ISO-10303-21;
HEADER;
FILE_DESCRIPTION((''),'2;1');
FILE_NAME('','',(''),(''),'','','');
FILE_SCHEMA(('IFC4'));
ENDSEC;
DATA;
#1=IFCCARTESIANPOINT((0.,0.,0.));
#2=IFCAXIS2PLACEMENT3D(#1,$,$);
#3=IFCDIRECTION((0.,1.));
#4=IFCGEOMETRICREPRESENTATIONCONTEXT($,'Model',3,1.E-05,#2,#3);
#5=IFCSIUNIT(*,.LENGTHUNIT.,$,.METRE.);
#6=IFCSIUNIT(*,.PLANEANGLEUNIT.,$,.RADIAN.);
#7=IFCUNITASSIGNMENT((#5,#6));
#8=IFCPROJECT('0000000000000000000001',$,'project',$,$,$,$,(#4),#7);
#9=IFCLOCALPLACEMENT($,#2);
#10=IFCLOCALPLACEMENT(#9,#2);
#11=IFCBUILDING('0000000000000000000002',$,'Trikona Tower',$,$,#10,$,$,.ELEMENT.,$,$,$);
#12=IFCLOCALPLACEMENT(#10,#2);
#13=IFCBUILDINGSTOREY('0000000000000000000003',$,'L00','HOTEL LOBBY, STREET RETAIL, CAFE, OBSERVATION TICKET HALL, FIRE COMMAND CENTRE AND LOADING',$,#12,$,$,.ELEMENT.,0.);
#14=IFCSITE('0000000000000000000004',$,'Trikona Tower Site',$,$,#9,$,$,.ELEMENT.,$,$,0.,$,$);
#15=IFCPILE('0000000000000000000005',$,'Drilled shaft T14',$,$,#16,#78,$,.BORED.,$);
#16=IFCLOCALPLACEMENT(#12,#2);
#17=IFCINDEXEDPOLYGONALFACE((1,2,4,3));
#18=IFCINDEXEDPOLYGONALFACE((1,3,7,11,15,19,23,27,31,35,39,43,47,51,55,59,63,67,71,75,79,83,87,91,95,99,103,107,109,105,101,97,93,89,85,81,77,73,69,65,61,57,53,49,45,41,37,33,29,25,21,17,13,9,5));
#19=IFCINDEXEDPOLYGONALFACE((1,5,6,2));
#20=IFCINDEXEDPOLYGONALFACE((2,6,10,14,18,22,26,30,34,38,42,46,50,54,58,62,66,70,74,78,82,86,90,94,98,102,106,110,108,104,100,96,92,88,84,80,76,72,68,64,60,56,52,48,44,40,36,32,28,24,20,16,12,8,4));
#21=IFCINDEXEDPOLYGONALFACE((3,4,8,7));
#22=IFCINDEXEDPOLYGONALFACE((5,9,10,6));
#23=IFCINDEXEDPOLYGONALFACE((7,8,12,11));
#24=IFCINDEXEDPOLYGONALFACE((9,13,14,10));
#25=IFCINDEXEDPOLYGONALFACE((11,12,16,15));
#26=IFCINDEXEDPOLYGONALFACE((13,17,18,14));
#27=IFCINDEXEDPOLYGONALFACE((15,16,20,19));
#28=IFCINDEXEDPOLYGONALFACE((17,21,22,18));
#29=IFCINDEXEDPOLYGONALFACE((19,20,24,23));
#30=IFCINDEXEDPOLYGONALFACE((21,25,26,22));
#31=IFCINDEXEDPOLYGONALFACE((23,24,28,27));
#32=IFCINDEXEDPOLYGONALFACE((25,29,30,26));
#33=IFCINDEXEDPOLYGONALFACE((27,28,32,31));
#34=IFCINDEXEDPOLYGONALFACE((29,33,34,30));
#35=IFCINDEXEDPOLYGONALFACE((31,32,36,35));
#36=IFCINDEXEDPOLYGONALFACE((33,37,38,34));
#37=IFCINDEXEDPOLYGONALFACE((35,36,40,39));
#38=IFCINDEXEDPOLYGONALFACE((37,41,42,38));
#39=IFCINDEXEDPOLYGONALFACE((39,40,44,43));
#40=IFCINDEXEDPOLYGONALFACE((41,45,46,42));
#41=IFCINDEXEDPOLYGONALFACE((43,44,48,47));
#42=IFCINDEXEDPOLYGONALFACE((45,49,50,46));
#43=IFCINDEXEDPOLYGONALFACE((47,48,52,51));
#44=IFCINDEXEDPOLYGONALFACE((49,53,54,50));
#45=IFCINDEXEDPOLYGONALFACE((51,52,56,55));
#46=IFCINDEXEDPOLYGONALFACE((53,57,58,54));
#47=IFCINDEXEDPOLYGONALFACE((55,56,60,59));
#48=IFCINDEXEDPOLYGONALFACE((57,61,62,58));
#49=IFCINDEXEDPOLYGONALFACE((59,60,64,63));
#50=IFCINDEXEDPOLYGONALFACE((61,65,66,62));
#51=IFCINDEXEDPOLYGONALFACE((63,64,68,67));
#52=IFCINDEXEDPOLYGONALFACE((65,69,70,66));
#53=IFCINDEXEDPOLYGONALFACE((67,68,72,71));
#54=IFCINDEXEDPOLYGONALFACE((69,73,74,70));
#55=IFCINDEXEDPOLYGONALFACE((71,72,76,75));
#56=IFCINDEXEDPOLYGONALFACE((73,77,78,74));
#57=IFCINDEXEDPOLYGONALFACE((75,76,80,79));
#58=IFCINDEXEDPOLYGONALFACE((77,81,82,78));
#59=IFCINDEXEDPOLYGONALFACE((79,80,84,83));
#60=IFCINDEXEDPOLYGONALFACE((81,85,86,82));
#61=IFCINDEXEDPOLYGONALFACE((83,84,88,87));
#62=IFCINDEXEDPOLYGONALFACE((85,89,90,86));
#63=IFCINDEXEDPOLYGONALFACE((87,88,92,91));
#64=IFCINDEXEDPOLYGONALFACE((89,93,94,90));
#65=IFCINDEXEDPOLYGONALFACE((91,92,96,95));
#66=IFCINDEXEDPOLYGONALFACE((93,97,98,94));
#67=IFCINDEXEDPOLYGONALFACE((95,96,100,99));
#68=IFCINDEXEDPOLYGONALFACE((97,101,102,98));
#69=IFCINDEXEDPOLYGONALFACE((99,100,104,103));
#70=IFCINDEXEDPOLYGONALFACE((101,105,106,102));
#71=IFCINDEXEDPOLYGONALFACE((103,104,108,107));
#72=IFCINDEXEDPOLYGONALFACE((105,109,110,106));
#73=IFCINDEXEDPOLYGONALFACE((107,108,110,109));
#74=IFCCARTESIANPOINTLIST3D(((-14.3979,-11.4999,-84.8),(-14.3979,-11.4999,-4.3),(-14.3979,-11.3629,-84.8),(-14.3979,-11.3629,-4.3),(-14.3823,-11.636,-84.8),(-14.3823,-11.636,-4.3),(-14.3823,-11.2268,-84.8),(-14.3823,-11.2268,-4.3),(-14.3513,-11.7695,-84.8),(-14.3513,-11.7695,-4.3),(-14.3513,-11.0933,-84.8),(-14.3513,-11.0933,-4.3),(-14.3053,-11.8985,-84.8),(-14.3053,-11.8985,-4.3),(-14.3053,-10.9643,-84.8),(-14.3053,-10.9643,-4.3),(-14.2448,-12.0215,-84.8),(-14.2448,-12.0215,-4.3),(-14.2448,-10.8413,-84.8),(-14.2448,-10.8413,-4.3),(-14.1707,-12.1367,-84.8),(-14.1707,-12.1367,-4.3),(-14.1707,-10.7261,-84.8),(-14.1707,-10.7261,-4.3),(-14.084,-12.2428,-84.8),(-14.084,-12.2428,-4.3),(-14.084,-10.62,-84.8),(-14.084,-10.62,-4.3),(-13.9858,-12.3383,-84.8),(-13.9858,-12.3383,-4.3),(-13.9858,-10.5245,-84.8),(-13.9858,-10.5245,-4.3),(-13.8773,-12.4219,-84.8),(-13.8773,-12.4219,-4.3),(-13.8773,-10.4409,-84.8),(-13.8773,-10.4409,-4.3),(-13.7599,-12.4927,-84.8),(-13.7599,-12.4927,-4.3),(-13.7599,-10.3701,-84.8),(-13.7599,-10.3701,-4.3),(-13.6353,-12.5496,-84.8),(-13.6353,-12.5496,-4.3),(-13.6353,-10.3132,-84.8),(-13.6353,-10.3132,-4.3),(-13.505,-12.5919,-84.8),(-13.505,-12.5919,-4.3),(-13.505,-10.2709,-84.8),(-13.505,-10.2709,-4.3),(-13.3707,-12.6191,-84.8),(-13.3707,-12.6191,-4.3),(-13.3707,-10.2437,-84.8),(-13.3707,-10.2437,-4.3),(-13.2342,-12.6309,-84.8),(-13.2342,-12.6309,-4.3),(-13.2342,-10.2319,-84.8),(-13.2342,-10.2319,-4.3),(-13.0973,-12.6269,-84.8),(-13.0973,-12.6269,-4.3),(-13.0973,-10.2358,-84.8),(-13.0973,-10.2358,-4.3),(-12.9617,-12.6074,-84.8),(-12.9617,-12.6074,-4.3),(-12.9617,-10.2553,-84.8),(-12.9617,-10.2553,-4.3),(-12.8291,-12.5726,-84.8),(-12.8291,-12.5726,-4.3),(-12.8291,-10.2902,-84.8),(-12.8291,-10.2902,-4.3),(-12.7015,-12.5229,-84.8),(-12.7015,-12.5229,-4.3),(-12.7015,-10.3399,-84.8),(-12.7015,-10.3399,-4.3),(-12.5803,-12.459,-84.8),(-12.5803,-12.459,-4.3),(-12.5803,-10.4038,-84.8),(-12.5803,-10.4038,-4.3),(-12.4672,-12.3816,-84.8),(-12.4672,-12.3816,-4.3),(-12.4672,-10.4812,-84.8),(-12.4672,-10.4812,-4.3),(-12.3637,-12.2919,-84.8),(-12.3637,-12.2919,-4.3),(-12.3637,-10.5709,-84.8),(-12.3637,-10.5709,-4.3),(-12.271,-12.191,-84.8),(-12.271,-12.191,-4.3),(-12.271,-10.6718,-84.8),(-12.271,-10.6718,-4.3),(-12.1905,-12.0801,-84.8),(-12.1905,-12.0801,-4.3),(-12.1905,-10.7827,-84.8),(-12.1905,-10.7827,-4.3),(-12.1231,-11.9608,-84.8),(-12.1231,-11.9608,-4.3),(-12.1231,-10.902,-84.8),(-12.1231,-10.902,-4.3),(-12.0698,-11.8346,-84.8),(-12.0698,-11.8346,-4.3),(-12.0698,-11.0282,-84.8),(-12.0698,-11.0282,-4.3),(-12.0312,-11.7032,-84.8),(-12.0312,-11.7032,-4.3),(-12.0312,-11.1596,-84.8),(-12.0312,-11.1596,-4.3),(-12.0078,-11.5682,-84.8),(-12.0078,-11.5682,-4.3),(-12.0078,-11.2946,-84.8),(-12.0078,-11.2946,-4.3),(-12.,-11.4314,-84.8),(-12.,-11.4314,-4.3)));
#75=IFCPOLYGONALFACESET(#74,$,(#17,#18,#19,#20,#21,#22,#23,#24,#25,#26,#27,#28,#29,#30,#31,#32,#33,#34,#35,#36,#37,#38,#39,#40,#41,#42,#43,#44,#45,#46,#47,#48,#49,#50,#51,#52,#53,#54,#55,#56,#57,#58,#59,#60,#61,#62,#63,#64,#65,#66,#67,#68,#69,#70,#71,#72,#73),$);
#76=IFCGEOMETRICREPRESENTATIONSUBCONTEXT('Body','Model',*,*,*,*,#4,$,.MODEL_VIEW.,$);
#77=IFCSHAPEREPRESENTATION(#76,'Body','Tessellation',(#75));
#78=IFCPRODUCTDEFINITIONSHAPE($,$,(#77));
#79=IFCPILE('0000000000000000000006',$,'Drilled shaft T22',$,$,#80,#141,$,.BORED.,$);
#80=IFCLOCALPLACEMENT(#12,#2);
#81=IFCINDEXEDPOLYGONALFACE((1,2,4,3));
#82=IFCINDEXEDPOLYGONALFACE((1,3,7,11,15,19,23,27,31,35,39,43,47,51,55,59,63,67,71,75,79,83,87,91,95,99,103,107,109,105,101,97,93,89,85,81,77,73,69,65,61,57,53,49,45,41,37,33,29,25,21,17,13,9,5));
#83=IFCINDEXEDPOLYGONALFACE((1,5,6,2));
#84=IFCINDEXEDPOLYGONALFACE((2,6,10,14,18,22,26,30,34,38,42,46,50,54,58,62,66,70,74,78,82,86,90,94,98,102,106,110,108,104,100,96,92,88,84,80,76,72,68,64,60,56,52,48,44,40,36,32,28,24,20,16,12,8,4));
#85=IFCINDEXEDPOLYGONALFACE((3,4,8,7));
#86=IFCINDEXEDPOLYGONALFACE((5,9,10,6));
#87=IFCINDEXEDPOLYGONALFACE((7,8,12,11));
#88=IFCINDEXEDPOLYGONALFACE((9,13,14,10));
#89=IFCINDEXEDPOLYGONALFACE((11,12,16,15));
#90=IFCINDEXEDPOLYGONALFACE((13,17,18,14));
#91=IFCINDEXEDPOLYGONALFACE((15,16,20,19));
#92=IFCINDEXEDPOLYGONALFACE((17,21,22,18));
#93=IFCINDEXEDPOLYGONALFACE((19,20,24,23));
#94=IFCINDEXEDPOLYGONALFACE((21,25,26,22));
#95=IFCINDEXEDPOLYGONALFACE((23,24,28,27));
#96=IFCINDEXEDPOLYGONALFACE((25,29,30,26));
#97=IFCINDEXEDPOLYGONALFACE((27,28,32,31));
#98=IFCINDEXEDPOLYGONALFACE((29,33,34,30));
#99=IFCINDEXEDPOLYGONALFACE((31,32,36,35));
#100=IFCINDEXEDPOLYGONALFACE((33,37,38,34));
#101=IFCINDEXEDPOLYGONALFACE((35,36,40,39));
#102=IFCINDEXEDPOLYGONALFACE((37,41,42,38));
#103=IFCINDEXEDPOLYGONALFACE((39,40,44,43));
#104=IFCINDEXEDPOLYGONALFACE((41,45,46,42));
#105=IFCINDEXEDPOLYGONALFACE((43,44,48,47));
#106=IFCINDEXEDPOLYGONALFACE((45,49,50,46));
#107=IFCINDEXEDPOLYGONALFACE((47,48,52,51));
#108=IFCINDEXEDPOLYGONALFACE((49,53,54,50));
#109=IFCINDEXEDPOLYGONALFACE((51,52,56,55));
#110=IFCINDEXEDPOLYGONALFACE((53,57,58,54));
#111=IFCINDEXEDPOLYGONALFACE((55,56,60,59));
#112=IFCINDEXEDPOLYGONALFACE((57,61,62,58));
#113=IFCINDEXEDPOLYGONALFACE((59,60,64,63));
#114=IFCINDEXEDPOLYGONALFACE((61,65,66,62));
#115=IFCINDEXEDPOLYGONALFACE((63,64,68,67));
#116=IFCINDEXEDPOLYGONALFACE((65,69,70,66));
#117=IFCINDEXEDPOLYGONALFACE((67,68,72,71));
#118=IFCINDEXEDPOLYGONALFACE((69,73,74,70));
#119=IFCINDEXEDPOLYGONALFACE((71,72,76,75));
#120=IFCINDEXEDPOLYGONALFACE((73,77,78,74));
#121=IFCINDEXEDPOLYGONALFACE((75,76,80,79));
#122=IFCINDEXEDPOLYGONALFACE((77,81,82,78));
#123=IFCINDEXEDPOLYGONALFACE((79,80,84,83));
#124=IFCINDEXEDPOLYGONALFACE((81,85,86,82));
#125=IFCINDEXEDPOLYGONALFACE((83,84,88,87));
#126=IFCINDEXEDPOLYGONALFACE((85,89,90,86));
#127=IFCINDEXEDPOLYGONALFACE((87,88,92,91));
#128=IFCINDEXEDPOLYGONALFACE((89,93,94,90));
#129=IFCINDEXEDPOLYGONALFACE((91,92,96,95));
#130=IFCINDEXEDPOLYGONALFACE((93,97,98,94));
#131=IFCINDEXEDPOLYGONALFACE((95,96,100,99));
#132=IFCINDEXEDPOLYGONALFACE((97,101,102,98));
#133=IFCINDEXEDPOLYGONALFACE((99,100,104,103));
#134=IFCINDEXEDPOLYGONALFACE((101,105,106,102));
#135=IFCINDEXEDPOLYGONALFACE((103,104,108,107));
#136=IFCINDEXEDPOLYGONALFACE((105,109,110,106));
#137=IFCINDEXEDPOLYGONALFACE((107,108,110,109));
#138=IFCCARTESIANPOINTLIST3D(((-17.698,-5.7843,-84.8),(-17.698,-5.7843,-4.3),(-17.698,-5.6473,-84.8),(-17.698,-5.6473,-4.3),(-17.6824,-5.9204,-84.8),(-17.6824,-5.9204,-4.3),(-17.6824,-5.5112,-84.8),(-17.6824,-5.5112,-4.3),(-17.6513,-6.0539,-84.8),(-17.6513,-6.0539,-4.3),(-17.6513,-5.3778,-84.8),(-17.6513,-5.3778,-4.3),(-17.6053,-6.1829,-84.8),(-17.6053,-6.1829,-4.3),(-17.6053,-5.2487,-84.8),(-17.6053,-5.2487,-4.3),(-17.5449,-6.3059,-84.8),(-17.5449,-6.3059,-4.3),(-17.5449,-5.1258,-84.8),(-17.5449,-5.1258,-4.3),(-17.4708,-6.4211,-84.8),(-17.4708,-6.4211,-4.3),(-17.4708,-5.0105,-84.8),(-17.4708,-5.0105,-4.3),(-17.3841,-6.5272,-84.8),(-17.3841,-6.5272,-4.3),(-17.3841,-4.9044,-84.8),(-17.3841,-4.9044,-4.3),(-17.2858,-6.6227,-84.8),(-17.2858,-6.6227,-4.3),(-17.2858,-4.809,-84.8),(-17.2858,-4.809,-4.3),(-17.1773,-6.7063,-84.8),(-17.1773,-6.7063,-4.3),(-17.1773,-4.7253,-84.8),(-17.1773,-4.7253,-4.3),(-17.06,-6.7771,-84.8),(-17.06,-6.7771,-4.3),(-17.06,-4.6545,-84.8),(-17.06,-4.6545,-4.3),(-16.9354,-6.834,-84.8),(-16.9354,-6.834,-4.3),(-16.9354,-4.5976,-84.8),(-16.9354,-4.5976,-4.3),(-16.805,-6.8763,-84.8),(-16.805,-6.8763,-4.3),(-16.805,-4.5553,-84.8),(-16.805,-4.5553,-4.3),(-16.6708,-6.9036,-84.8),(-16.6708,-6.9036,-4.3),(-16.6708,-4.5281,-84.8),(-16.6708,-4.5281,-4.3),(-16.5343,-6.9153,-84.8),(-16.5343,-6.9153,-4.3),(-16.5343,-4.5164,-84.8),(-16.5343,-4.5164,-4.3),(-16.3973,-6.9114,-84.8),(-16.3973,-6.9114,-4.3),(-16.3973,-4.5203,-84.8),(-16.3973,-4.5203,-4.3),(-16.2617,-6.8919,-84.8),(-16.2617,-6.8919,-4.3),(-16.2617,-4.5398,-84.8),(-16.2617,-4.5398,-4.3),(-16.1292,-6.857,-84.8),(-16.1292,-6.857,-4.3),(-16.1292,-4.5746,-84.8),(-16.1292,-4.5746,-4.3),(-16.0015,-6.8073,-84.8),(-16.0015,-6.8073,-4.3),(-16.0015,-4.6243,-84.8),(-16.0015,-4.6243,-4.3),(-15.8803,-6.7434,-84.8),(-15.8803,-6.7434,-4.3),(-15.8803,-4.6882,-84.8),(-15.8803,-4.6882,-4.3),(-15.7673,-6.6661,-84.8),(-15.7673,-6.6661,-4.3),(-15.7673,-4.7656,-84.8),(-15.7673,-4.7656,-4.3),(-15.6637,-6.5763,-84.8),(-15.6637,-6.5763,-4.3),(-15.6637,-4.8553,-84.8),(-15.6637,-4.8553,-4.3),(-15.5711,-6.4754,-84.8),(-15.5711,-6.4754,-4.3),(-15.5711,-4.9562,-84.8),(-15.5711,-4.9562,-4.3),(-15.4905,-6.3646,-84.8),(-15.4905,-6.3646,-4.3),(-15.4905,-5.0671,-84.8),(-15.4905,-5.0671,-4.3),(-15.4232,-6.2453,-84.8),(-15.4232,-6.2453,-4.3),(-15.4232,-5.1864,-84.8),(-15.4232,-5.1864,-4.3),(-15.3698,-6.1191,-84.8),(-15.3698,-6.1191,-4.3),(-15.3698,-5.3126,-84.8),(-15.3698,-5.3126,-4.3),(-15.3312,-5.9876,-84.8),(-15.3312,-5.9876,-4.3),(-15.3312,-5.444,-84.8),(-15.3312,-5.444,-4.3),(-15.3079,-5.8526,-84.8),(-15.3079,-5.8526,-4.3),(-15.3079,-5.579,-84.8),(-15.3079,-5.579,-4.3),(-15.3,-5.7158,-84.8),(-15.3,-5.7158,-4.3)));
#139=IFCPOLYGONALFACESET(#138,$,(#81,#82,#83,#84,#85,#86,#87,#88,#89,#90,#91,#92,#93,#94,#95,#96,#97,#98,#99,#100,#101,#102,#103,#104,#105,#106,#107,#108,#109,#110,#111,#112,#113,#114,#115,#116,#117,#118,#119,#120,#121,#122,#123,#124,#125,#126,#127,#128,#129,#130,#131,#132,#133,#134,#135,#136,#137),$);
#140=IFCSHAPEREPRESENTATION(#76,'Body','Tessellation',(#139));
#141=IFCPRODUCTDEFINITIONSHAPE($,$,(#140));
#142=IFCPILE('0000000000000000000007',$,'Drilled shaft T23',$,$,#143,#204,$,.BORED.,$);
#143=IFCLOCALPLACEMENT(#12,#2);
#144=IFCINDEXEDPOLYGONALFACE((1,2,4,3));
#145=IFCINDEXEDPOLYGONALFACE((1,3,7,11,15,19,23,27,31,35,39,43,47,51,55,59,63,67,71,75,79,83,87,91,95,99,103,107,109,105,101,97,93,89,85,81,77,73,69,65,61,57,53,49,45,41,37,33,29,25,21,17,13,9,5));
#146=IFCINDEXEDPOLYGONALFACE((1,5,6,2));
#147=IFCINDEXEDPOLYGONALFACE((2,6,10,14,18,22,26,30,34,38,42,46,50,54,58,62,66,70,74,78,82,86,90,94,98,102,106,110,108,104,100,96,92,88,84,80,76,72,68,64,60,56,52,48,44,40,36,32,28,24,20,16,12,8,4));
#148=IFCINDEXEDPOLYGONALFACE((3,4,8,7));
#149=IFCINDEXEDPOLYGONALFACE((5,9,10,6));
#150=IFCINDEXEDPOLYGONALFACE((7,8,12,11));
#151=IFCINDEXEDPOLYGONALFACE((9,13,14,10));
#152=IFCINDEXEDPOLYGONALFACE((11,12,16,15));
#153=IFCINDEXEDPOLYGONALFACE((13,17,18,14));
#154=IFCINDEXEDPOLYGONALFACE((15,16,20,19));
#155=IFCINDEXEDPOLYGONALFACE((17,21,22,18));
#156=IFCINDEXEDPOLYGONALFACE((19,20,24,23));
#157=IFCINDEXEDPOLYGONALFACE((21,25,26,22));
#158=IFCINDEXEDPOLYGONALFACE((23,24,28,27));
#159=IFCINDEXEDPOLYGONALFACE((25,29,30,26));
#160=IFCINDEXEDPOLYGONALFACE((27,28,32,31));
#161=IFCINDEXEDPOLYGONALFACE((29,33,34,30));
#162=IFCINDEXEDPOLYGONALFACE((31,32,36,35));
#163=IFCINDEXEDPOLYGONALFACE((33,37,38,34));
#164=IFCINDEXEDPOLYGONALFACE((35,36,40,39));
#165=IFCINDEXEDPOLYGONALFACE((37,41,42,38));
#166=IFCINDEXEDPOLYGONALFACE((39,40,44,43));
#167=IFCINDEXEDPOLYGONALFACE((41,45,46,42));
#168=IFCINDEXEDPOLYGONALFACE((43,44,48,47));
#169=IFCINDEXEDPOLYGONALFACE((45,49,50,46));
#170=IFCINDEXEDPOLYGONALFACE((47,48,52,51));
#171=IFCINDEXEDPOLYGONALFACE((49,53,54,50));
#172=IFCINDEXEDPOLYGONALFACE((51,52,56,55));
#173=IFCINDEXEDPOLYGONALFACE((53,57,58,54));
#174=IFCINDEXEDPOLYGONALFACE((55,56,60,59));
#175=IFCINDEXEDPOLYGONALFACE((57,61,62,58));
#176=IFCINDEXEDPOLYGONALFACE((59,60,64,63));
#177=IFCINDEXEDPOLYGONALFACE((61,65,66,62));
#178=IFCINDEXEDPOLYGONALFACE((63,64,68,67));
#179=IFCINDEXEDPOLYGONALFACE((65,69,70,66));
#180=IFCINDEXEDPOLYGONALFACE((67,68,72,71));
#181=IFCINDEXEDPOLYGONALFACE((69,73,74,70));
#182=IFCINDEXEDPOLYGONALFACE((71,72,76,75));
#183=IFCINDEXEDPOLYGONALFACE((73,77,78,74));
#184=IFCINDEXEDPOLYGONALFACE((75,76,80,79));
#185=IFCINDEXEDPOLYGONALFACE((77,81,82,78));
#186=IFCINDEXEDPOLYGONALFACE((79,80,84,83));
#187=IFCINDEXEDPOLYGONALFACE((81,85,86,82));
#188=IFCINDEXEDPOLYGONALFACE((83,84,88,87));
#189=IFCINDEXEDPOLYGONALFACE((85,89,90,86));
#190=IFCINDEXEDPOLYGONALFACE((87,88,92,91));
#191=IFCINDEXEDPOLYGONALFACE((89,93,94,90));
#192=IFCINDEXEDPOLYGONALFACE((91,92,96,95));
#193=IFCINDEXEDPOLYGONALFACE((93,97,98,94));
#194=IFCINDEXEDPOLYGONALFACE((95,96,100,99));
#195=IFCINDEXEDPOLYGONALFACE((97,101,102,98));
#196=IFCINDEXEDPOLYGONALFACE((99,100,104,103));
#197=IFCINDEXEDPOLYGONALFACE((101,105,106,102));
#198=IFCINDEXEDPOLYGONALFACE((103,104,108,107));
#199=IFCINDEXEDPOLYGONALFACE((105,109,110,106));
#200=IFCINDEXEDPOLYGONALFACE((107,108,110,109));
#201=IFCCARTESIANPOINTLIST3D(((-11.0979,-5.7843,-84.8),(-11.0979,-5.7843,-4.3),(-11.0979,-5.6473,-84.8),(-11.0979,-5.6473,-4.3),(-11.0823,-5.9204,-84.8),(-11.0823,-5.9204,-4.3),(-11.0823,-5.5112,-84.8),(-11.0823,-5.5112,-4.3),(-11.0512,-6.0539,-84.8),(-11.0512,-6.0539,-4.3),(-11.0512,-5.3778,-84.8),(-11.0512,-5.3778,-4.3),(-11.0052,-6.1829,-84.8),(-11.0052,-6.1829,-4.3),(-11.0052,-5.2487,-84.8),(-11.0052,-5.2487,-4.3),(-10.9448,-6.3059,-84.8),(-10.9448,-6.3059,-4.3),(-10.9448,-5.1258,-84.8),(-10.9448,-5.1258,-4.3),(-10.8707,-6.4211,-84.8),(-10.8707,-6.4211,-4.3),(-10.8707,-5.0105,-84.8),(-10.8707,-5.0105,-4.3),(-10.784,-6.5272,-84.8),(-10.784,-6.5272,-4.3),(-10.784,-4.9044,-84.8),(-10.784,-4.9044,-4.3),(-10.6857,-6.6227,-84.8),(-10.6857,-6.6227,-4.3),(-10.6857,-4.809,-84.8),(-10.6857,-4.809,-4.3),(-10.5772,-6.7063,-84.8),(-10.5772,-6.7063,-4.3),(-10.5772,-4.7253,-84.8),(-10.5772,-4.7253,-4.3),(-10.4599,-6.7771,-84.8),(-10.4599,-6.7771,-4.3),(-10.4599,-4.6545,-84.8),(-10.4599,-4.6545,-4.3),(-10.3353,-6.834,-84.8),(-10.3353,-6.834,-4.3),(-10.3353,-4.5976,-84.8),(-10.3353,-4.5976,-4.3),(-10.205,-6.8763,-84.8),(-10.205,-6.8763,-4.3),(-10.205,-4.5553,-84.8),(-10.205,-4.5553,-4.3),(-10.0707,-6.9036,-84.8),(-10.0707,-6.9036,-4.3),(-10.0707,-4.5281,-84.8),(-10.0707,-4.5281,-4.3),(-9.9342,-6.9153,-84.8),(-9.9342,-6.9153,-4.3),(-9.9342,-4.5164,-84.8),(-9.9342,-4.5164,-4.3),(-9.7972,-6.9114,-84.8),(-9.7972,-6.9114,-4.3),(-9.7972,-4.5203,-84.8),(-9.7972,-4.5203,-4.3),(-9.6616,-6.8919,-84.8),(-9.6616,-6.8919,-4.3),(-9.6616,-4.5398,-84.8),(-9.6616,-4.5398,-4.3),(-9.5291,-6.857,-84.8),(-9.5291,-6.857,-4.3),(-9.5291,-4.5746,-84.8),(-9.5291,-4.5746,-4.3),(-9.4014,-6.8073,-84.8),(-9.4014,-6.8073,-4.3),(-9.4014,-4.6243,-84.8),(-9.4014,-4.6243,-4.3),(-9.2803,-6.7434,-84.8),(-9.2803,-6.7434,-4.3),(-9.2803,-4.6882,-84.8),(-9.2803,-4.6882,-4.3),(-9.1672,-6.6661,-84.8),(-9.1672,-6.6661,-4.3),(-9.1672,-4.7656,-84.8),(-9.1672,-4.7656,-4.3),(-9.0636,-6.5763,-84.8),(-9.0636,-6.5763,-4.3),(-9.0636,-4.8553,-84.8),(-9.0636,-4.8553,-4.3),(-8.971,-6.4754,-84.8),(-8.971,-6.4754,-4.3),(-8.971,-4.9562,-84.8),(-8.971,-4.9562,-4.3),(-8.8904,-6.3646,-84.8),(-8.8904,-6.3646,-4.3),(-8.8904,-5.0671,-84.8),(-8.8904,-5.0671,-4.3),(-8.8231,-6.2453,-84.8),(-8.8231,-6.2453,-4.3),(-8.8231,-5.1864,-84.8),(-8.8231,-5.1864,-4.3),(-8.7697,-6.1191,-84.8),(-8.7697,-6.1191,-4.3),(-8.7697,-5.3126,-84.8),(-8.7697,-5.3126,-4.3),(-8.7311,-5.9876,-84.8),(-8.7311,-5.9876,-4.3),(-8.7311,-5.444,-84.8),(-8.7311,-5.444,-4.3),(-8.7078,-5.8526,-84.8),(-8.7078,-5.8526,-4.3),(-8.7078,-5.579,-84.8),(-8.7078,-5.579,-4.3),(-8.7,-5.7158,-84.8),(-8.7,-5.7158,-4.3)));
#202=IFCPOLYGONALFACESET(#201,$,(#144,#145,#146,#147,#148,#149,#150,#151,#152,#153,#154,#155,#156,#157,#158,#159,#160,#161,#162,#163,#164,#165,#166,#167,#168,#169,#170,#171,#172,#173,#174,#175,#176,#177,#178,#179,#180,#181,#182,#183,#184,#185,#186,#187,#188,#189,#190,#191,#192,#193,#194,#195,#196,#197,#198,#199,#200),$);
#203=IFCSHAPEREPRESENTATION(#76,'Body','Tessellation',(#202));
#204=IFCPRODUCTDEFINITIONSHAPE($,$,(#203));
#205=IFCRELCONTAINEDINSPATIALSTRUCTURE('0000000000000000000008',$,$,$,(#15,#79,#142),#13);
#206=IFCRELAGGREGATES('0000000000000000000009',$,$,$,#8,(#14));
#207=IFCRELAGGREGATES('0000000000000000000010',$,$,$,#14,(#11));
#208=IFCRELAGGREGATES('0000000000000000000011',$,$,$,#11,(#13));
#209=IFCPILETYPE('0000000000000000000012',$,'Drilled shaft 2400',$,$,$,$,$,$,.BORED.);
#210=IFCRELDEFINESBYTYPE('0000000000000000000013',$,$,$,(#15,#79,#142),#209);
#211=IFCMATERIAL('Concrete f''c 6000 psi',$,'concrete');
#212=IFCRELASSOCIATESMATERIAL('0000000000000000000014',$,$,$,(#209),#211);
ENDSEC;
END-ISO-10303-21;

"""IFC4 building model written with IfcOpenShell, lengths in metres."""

from ifc_helpers import new_model, si_unit, direction, frame, origin, origin_2d, place, context, subcontext, project, spatial, circle, extrude, material, type_object, element, save


model = new_model("IFC4")

# Units and contexts
model_context = context("Model", 3, precision=1e-05, world=origin(), true_north=direction((0.0, 1.0)))
body_context = subcontext(model_context, "Body", "Model", "MODEL_VIEW")
ifc_project = project(units=[si_unit("LENGTHUNIT", "METRE"), si_unit("PLANEANGLEUNIT", "RADIAN")], contexts=[model_context])

# Site, building, storey
site_placement = place(None, origin())
site = spatial("IfcSite", under=ifc_project, at=site_placement, Name="Trikona Tower Site", CompositionType="ELEMENT", RefElevation=0.0)
building_placement = place(site_placement, origin())
building = spatial("IfcBuilding", under=site, at=building_placement, Name="Trikona Tower", CompositionType="ELEMENT")
storey_placement = place(building_placement, origin())
storey = spatial("IfcBuildingStorey", under=building, at=storey_placement, Name="L00", Description="HOTEL LOBBY, STREET RETAIL, CAFE, OBSERVATION TICKET HALL, FIRE COMMAND CENTRE AND LOADING", CompositionType="ELEMENT", Elevation=0.0)

# Piles
ifc_material_1 = material(Name="Concrete f'c 6000 psi", Category="concrete")
pile_type = type_object("IfcPileType", Name="Drilled shaft 2400", PredefinedType="BORED", material=ifc_material_1)
for number, where, z_axis, x_axis, name in (
    (1, (-13.2, -11.4314, -4.3), (0.0, 0.0, -1.0), (1.0, 0.0, 0.0), "Drilled shaft T14"),
    (2, (-16.5, -5.7158, -4.3), (0.0, 0.0, -1.0), (1.0, 0.0, 0.0), "Drilled shaft T22"),
    (3, (-9.8999, -5.7158, -4.3), (0.0, 0.0, -1.0), (1.0, 0.0, 0.0), "Drilled shaft T23"),
):
    element("IfcPile", number, at=place(storey_placement, frame(where, z_axis=z_axis, x_axis=x_axis)), inside=storey, type_object=pile_type, Name=name, PredefinedType="BORED", context=body_context, shape_type="SweptSolid", body=[
        extrude(circle(Radius=1.2, at=origin_2d()), origin(), (0.0, 0.0, 1.0), 80.5),
    ])

save(model, "model.ifc")
